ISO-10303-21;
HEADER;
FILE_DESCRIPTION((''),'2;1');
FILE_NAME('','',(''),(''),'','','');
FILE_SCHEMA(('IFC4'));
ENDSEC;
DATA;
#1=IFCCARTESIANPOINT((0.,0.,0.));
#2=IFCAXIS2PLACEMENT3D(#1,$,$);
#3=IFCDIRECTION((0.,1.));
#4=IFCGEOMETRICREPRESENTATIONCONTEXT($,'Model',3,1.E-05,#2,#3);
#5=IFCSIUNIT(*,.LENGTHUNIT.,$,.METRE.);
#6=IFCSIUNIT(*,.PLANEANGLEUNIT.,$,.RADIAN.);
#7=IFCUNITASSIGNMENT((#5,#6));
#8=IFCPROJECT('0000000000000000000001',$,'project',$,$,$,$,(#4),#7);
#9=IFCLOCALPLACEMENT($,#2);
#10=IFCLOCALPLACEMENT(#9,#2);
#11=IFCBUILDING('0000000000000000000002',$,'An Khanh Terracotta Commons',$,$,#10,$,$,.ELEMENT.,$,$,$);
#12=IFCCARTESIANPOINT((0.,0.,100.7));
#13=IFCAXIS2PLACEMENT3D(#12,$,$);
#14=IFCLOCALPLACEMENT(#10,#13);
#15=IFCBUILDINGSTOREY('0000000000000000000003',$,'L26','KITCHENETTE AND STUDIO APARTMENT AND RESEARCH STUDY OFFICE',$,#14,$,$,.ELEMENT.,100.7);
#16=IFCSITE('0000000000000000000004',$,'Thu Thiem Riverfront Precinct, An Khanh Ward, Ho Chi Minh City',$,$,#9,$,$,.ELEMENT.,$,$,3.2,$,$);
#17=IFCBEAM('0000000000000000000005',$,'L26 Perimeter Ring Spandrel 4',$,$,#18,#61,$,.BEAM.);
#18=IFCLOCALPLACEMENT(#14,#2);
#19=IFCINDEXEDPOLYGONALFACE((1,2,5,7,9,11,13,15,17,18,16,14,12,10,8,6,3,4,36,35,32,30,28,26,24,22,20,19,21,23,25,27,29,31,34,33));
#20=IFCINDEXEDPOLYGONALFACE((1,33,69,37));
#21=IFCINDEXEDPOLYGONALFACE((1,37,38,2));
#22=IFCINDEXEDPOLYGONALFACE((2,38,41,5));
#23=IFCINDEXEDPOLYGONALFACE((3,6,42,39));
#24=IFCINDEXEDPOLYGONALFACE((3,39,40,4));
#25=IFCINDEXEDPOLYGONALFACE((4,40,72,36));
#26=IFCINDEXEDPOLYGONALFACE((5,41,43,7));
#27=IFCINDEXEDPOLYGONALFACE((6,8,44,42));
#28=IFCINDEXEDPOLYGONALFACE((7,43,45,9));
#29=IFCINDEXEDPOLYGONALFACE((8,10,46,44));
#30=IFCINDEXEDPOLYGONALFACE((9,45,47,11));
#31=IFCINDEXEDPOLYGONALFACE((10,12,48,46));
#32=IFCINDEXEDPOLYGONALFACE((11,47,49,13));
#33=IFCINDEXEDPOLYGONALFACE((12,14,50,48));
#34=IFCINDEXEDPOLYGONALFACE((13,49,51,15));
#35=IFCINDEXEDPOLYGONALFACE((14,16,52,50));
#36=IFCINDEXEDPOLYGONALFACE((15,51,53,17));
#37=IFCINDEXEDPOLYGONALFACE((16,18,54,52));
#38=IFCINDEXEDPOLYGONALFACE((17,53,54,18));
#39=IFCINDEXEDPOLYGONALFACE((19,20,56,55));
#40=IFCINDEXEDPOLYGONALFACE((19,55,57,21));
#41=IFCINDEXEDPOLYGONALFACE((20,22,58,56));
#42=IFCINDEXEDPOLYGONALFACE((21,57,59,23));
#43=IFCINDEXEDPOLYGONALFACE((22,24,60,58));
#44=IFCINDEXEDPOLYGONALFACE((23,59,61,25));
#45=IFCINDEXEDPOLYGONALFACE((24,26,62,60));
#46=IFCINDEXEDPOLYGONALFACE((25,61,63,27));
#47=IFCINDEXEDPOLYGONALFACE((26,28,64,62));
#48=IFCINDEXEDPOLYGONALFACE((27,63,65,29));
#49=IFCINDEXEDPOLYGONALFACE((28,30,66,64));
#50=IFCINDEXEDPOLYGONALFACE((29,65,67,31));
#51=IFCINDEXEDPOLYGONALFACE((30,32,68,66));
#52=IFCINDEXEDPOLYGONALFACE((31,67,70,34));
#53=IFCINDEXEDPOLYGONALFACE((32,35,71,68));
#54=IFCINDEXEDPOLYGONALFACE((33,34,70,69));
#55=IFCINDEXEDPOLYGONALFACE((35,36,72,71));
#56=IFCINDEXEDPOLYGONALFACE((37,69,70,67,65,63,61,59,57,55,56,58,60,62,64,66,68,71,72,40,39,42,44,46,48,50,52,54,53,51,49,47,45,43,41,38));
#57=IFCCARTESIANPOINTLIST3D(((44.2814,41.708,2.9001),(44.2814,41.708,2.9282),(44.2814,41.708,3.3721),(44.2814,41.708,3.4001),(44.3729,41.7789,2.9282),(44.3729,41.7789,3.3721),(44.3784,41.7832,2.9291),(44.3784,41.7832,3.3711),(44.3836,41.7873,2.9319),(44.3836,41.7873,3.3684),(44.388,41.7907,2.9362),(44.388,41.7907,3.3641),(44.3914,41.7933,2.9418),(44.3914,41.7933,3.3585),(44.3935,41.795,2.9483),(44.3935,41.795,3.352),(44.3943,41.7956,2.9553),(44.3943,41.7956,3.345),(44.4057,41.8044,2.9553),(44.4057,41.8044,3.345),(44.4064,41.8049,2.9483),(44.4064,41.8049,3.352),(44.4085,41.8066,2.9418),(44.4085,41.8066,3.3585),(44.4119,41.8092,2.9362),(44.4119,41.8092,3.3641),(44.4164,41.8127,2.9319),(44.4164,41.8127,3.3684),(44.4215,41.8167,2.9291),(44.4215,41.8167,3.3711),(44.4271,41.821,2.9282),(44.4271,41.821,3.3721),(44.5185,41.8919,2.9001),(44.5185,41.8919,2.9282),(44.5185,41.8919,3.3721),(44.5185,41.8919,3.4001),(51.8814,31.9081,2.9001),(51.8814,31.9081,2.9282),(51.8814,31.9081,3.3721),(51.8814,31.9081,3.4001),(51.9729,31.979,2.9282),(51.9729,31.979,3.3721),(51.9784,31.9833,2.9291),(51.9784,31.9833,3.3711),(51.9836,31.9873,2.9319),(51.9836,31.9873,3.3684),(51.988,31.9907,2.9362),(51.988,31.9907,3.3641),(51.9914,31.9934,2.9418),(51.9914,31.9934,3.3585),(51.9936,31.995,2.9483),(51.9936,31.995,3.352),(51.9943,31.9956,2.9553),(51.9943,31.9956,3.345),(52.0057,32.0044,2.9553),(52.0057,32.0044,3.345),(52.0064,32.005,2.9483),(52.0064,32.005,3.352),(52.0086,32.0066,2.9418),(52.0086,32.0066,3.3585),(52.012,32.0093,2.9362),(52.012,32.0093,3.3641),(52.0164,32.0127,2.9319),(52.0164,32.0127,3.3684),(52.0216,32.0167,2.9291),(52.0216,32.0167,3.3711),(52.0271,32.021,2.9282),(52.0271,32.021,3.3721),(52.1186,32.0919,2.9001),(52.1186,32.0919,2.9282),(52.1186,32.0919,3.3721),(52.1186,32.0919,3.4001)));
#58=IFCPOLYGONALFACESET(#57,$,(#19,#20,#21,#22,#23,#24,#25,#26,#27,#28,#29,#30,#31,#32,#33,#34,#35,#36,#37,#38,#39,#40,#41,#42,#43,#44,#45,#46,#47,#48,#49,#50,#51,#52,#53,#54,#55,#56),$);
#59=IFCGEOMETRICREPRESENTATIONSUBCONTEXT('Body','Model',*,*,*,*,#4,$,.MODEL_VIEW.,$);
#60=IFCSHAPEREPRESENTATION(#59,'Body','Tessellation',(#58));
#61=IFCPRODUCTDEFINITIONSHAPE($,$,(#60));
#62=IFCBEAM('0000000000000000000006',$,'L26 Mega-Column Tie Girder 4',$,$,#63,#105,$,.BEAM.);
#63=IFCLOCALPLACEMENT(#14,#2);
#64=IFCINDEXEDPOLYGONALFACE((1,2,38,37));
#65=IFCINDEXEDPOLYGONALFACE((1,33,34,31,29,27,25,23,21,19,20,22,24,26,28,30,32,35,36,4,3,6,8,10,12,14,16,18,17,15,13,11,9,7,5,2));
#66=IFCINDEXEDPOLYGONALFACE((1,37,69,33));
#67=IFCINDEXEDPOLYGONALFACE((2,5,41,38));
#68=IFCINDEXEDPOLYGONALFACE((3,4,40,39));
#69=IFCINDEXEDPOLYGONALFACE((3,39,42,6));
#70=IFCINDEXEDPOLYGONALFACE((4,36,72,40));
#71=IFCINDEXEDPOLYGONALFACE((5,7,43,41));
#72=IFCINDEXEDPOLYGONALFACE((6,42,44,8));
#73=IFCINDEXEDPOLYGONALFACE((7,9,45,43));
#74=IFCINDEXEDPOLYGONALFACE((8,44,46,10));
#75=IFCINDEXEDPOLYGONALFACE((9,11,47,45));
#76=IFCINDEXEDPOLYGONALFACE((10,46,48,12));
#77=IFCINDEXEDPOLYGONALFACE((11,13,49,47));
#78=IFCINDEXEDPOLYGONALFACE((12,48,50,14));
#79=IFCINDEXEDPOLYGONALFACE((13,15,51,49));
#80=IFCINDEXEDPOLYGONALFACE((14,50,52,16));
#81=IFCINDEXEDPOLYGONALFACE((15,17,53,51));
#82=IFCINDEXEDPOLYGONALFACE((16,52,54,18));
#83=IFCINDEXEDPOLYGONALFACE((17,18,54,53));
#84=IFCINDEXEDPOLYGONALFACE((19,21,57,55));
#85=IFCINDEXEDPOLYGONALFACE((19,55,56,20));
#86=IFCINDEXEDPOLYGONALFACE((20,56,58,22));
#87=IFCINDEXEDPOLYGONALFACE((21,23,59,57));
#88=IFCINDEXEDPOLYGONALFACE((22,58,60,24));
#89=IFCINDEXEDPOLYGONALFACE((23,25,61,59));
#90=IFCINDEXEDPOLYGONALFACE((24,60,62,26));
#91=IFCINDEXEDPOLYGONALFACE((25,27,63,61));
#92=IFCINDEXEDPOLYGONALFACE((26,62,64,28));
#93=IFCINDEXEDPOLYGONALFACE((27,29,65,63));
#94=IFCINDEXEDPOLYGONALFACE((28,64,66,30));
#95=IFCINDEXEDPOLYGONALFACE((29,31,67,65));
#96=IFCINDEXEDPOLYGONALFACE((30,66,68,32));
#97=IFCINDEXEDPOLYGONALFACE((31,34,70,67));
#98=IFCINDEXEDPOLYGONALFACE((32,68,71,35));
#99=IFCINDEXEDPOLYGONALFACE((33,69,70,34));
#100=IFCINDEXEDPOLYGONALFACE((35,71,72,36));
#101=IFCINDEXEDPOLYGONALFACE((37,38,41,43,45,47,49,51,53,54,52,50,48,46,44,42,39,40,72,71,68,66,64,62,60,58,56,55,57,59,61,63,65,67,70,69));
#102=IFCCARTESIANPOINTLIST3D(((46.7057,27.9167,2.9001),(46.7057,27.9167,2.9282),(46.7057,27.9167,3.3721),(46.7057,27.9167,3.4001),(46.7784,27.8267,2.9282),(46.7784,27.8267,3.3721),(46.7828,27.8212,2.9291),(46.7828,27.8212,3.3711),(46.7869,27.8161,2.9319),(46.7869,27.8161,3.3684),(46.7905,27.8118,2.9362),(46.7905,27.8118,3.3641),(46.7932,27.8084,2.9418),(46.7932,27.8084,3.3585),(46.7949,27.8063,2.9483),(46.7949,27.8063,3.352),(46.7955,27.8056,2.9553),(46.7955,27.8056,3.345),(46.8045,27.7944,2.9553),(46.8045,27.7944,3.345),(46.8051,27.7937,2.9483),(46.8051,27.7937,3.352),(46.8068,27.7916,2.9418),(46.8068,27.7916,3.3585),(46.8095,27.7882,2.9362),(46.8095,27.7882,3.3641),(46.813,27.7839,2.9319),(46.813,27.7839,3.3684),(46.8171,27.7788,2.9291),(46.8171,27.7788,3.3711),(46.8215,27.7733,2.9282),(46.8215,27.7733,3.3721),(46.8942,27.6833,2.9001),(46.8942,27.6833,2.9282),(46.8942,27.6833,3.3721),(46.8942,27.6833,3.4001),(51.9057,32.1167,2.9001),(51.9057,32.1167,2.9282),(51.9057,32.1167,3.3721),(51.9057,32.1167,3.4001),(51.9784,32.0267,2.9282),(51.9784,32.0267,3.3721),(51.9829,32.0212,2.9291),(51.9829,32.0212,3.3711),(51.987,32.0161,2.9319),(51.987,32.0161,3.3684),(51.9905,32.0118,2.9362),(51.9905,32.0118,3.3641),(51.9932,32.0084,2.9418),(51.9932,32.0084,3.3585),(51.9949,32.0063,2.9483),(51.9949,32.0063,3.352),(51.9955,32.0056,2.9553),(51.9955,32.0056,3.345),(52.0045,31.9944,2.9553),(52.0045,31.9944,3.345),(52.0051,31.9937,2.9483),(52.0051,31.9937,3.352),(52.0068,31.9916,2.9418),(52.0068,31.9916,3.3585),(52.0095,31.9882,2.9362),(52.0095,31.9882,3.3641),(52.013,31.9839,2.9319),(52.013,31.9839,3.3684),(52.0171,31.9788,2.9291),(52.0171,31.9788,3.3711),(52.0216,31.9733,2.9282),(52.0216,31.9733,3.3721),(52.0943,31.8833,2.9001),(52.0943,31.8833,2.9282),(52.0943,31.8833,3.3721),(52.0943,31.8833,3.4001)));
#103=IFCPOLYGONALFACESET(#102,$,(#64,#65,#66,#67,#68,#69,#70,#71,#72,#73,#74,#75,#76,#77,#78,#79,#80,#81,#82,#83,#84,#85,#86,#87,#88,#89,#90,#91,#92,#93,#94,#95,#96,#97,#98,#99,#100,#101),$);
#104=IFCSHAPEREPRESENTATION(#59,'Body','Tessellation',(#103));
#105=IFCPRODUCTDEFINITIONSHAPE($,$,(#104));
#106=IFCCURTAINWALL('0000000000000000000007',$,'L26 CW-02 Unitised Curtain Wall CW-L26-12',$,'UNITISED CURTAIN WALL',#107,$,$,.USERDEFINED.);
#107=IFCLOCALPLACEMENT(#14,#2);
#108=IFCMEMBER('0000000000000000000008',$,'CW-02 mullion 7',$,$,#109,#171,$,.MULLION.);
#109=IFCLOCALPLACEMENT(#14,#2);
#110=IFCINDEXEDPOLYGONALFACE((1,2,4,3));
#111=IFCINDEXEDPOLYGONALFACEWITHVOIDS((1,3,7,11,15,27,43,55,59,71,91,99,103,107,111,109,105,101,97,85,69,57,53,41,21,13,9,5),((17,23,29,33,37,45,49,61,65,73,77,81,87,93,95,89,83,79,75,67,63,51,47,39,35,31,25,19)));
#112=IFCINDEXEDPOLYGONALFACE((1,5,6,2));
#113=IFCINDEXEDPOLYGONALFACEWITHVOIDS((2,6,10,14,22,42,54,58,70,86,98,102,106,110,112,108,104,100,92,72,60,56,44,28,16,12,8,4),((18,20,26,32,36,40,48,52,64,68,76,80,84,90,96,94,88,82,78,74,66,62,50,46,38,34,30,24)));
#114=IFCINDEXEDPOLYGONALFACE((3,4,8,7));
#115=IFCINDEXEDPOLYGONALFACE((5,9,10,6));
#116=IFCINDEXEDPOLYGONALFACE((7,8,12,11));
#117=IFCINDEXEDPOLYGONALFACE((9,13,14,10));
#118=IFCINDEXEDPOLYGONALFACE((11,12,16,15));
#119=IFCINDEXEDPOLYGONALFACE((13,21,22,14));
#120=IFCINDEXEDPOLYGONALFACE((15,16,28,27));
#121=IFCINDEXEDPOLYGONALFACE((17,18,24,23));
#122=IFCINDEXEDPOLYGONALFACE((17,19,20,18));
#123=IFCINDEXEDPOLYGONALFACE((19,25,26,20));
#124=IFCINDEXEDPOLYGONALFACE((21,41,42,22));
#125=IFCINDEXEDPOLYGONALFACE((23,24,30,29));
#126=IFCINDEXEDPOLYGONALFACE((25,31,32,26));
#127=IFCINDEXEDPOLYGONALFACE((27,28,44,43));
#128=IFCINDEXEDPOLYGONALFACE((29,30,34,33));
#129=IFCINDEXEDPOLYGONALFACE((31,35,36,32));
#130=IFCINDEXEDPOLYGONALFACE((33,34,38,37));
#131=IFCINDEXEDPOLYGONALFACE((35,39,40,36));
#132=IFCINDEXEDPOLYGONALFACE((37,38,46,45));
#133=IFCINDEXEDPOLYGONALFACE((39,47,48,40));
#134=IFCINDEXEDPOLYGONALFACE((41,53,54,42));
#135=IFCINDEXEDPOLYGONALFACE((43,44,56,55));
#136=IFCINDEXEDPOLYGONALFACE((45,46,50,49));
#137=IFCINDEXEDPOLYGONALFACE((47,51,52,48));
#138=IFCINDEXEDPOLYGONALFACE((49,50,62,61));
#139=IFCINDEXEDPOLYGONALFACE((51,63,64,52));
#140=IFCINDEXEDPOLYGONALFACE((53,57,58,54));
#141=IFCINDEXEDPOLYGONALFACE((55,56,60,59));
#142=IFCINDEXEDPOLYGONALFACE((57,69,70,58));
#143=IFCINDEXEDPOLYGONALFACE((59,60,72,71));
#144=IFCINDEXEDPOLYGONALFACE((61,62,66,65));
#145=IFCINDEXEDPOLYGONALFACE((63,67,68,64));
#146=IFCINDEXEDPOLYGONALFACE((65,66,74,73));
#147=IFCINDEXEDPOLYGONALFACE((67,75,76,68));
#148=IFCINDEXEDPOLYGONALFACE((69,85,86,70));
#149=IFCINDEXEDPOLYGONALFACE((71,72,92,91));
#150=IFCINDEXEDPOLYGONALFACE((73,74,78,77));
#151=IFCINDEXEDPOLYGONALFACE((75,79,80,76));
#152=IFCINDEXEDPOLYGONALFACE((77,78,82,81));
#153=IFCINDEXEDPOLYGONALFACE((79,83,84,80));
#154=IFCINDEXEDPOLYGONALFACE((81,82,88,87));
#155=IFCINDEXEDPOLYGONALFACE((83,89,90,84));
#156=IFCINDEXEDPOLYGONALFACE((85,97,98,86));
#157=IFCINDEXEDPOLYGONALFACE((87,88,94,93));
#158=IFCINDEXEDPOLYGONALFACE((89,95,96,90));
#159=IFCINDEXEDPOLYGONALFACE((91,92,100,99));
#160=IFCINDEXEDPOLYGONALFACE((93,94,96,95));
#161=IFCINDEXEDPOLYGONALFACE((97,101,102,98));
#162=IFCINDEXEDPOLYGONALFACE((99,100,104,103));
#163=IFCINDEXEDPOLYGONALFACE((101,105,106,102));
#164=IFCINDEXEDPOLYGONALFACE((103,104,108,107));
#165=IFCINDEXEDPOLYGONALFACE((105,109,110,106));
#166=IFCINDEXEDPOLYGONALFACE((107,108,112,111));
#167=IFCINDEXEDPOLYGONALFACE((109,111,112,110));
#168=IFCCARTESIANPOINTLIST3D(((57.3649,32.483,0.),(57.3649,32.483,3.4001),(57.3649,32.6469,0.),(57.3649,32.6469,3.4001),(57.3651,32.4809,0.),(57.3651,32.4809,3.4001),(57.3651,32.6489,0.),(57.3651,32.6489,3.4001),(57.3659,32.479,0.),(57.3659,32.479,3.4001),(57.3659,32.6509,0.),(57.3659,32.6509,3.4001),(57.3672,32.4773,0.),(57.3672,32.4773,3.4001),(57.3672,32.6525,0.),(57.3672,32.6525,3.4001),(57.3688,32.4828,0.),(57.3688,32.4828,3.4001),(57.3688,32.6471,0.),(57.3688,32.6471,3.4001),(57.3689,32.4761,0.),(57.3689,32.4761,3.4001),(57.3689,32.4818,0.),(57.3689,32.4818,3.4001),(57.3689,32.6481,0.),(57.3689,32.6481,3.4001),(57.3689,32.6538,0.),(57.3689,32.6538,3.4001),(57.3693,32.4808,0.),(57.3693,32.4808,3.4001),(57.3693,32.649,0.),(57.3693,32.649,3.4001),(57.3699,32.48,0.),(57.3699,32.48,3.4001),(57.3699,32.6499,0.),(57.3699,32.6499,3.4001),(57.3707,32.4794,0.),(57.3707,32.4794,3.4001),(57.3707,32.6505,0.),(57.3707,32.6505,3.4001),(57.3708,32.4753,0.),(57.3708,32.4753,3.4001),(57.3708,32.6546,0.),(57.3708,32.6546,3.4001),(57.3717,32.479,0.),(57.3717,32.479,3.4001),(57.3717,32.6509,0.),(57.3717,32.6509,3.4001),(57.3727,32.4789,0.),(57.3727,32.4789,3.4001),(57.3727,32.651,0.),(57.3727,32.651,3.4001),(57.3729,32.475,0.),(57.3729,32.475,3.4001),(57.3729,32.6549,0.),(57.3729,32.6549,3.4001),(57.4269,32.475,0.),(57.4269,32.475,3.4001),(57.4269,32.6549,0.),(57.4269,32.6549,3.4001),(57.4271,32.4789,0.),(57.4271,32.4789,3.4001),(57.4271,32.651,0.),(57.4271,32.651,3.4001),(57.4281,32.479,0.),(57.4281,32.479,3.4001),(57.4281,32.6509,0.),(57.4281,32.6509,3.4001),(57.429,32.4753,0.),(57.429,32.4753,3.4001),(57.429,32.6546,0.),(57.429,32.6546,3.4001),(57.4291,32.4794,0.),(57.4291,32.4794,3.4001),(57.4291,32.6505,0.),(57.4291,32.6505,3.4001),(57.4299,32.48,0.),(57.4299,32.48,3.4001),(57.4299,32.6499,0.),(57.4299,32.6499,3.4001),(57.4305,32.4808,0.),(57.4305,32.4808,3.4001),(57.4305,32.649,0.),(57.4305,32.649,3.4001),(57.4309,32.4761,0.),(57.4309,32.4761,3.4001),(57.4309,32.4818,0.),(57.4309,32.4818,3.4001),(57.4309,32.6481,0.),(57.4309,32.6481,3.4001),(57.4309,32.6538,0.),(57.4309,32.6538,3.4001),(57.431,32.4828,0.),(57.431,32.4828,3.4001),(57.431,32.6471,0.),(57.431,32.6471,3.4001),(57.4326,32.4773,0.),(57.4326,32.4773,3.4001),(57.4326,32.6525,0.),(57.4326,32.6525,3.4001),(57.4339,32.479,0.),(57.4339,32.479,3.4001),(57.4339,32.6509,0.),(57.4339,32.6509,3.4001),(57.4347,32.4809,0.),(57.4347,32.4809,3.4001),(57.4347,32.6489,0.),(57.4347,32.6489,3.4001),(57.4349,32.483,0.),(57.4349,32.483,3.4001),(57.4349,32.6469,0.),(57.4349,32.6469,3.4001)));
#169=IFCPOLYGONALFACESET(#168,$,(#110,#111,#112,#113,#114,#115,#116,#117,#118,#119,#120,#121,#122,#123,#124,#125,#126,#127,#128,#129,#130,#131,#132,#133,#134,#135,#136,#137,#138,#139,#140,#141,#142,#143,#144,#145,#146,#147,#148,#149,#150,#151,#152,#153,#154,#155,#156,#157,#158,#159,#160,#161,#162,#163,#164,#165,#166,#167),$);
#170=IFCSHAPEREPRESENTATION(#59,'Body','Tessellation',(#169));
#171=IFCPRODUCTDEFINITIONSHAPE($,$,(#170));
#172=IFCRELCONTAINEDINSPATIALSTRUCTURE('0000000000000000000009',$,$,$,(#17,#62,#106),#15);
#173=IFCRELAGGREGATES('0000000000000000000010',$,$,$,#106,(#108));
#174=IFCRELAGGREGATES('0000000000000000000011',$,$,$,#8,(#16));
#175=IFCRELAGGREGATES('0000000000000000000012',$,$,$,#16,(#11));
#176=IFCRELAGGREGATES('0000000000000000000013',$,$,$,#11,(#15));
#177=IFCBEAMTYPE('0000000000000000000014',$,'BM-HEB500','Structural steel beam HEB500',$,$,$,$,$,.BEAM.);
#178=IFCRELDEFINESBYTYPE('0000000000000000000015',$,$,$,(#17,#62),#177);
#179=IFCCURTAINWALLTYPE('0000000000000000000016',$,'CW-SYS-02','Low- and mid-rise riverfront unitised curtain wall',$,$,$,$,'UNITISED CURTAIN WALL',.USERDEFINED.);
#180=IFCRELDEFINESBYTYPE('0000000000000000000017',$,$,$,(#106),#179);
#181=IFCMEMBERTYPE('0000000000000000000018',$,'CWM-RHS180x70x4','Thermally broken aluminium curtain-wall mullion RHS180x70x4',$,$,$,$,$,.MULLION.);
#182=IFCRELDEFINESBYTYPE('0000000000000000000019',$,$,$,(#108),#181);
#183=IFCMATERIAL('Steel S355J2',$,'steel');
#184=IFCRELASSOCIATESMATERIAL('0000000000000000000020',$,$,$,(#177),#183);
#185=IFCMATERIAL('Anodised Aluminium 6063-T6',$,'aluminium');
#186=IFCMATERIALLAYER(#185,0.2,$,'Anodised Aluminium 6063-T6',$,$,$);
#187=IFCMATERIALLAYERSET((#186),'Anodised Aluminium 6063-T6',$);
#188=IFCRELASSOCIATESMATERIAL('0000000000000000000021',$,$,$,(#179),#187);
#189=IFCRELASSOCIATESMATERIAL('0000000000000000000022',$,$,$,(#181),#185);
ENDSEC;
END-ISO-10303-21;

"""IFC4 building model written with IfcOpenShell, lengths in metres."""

from ifc_helpers import new_model, si_unit, direction, frame, origin, origin_2d, place, context, subcontext, project, spatial, hollow_rectangle, i_section, extrude, material, layer, layer_set, material_profile, profile_set, type_object, element, aggregate, save


model = new_model("IFC4")

# Units and contexts
model_context = context("Model", 3, precision=1e-05, world=origin(), true_north=direction((0.0, 1.0)))
body_context = subcontext(model_context, "Body", "Model", "MODEL_VIEW")
ifc_project = project(units=[si_unit("LENGTHUNIT", "METRE"), si_unit("PLANEANGLEUNIT", "RADIAN")], contexts=[model_context])

# Site, building, storey
site_placement = place(None, origin())
site = spatial("IfcSite", under=ifc_project, at=site_placement, Name="Thu Thiem Riverfront Precinct, An Khanh Ward, Ho Chi Minh City", CompositionType="ELEMENT", RefElevation=3.2)
building_placement = place(site_placement, origin())
building = spatial("IfcBuilding", under=site, at=building_placement, Name="An Khanh Terracotta Commons", CompositionType="ELEMENT")
storey_placement = place(building_placement, frame((0.0, 0.0, 100.7)))
storey = spatial("IfcBuildingStorey", under=building, at=storey_placement, Name="L26", Description="KITCHENETTE AND STUDIO APARTMENT AND RESEARCH STUDY OFFICE", CompositionType="ELEMENT", Elevation=100.7)

# Beams
ifc_material_1 = material(Name="Steel S355J2", Category="steel")
ifc_material_profile_1 = material_profile(ifc_material_1, i_section(OverallWidth=0.3, OverallDepth=0.5, WebThickness=0.0144, FlangeThickness=0.0281, FilletRadius=0.0271, at=origin_2d()), Name="HEB500")
ifc_profile_set_1 = profile_set([ifc_material_profile_1], Name="Steel S355J2")
beam_type = type_object("IfcBeamType", Name="BM-HEB500", Description="Structural steel beam HEB500", PredefinedType="BEAM", material=ifc_profile_set_1)
beam_1_placement = place(storey_placement, frame((52.0, 32.0, 3.1501), z_axis=(-0.612827, 0.790217, 0.0), x_axis=(-0.790217, -0.612827, 0.0)))
element("IfcBeam", 1, at=beam_1_placement, inside=storey, type_object=beam_type, Name="L26 Perimeter Ring Spandrel 4", PredefinedType="BEAM", context=body_context, shape_type="SweptSolid", body=[
    extrude(i_section(OverallWidth=0.3, OverallDepth=0.5, WebThickness=0.0144, FlangeThickness=0.0281, FilletRadius=0.0271, at=origin_2d()), origin(), (0.0, 0.0, 1.0), 12.4016),
])
beam_2_placement = place(storey_placement, frame((52.0, 32.0, 3.1501), z_axis=(-0.777942, -0.628336, 0.0), x_axis=(0.628336, -0.777942, 0.0)))
element("IfcBeam", 2, at=beam_2_placement, inside=storey, type_object=beam_type, Name="L26 Mega-Column Tie Girder 4", PredefinedType="BEAM", context=body_context, shape_type="SweptSolid", body=[
    extrude(i_section(OverallWidth=0.3, OverallDepth=0.5, WebThickness=0.0144, FlangeThickness=0.0281, FilletRadius=0.0271, at=origin_2d()), origin(), (0.0, 0.0, 1.0), 6.6843),
])

# Curtain wall, member
ifc_material_2 = material(Name="Anodised Aluminium 6063-T6", Category="aluminium")
ifc_layer_1 = layer(ifc_material_2, 0.2, Name="Anodised Aluminium 6063-T6")
ifc_layer_set_1 = layer_set([ifc_layer_1], Name="Anodised Aluminium 6063-T6")
curtain_wall_type = type_object("IfcCurtainWallType", Name="CW-SYS-02", Description="Low- and mid-rise riverfront unitised curtain wall", ElementType="UNITISED CURTAIN WALL", PredefinedType="USERDEFINED", material=ifc_layer_set_1)
curtain_wall_1_placement = place(storey_placement, origin())
curtain_wall_1 = element("IfcCurtainWall", 3, at=curtain_wall_1_placement, inside=storey, type_object=curtain_wall_type, Name="L26 CW-02 Unitised Curtain Wall CW-L26-12", ObjectType="UNITISED CURTAIN WALL", PredefinedType="USERDEFINED")
ifc_material_profile_2 = material_profile(ifc_material_2, hollow_rectangle(XDim=0.0701, YDim=0.1799, WallThickness=0.0039, InnerFilletRadius=0.0039, OuterFilletRadius=0.0081, at=origin_2d()), Name="RHS180x70x4")
ifc_profile_set_2 = profile_set([ifc_material_profile_2], Name="Anodised Aluminium 6063-T6")
member_type_1 = type_object("IfcMemberType", Name="CWM-RHS180x70x4", Description="Thermally broken aluminium curtain-wall mullion RHS180x70x4", PredefinedType="MULLION", material=ifc_profile_set_2)
member_1_placement = place(storey_placement, frame((57.3999, 32.5649, 0.0), z_axis=(0.0, 0.0, 1.0), x_axis=(-1.0, 0.0, 0.0)))
member_1 = element("IfcMember", 4, at=member_1_placement, type_object=member_type_1, Name="CW-02 mullion 7", PredefinedType="MULLION", context=body_context, shape_type="SweptSolid", body=[
    extrude(hollow_rectangle(XDim=0.0701, YDim=0.1799, WallThickness=0.0039, InnerFilletRadius=0.0039, OuterFilletRadius=0.0081, at=origin_2d()), origin(), (0.0, 0.0, 1.0), 3.4001),
])
aggregate(curtain_wall_1, [member_1])

save(model, "model.ifc")
